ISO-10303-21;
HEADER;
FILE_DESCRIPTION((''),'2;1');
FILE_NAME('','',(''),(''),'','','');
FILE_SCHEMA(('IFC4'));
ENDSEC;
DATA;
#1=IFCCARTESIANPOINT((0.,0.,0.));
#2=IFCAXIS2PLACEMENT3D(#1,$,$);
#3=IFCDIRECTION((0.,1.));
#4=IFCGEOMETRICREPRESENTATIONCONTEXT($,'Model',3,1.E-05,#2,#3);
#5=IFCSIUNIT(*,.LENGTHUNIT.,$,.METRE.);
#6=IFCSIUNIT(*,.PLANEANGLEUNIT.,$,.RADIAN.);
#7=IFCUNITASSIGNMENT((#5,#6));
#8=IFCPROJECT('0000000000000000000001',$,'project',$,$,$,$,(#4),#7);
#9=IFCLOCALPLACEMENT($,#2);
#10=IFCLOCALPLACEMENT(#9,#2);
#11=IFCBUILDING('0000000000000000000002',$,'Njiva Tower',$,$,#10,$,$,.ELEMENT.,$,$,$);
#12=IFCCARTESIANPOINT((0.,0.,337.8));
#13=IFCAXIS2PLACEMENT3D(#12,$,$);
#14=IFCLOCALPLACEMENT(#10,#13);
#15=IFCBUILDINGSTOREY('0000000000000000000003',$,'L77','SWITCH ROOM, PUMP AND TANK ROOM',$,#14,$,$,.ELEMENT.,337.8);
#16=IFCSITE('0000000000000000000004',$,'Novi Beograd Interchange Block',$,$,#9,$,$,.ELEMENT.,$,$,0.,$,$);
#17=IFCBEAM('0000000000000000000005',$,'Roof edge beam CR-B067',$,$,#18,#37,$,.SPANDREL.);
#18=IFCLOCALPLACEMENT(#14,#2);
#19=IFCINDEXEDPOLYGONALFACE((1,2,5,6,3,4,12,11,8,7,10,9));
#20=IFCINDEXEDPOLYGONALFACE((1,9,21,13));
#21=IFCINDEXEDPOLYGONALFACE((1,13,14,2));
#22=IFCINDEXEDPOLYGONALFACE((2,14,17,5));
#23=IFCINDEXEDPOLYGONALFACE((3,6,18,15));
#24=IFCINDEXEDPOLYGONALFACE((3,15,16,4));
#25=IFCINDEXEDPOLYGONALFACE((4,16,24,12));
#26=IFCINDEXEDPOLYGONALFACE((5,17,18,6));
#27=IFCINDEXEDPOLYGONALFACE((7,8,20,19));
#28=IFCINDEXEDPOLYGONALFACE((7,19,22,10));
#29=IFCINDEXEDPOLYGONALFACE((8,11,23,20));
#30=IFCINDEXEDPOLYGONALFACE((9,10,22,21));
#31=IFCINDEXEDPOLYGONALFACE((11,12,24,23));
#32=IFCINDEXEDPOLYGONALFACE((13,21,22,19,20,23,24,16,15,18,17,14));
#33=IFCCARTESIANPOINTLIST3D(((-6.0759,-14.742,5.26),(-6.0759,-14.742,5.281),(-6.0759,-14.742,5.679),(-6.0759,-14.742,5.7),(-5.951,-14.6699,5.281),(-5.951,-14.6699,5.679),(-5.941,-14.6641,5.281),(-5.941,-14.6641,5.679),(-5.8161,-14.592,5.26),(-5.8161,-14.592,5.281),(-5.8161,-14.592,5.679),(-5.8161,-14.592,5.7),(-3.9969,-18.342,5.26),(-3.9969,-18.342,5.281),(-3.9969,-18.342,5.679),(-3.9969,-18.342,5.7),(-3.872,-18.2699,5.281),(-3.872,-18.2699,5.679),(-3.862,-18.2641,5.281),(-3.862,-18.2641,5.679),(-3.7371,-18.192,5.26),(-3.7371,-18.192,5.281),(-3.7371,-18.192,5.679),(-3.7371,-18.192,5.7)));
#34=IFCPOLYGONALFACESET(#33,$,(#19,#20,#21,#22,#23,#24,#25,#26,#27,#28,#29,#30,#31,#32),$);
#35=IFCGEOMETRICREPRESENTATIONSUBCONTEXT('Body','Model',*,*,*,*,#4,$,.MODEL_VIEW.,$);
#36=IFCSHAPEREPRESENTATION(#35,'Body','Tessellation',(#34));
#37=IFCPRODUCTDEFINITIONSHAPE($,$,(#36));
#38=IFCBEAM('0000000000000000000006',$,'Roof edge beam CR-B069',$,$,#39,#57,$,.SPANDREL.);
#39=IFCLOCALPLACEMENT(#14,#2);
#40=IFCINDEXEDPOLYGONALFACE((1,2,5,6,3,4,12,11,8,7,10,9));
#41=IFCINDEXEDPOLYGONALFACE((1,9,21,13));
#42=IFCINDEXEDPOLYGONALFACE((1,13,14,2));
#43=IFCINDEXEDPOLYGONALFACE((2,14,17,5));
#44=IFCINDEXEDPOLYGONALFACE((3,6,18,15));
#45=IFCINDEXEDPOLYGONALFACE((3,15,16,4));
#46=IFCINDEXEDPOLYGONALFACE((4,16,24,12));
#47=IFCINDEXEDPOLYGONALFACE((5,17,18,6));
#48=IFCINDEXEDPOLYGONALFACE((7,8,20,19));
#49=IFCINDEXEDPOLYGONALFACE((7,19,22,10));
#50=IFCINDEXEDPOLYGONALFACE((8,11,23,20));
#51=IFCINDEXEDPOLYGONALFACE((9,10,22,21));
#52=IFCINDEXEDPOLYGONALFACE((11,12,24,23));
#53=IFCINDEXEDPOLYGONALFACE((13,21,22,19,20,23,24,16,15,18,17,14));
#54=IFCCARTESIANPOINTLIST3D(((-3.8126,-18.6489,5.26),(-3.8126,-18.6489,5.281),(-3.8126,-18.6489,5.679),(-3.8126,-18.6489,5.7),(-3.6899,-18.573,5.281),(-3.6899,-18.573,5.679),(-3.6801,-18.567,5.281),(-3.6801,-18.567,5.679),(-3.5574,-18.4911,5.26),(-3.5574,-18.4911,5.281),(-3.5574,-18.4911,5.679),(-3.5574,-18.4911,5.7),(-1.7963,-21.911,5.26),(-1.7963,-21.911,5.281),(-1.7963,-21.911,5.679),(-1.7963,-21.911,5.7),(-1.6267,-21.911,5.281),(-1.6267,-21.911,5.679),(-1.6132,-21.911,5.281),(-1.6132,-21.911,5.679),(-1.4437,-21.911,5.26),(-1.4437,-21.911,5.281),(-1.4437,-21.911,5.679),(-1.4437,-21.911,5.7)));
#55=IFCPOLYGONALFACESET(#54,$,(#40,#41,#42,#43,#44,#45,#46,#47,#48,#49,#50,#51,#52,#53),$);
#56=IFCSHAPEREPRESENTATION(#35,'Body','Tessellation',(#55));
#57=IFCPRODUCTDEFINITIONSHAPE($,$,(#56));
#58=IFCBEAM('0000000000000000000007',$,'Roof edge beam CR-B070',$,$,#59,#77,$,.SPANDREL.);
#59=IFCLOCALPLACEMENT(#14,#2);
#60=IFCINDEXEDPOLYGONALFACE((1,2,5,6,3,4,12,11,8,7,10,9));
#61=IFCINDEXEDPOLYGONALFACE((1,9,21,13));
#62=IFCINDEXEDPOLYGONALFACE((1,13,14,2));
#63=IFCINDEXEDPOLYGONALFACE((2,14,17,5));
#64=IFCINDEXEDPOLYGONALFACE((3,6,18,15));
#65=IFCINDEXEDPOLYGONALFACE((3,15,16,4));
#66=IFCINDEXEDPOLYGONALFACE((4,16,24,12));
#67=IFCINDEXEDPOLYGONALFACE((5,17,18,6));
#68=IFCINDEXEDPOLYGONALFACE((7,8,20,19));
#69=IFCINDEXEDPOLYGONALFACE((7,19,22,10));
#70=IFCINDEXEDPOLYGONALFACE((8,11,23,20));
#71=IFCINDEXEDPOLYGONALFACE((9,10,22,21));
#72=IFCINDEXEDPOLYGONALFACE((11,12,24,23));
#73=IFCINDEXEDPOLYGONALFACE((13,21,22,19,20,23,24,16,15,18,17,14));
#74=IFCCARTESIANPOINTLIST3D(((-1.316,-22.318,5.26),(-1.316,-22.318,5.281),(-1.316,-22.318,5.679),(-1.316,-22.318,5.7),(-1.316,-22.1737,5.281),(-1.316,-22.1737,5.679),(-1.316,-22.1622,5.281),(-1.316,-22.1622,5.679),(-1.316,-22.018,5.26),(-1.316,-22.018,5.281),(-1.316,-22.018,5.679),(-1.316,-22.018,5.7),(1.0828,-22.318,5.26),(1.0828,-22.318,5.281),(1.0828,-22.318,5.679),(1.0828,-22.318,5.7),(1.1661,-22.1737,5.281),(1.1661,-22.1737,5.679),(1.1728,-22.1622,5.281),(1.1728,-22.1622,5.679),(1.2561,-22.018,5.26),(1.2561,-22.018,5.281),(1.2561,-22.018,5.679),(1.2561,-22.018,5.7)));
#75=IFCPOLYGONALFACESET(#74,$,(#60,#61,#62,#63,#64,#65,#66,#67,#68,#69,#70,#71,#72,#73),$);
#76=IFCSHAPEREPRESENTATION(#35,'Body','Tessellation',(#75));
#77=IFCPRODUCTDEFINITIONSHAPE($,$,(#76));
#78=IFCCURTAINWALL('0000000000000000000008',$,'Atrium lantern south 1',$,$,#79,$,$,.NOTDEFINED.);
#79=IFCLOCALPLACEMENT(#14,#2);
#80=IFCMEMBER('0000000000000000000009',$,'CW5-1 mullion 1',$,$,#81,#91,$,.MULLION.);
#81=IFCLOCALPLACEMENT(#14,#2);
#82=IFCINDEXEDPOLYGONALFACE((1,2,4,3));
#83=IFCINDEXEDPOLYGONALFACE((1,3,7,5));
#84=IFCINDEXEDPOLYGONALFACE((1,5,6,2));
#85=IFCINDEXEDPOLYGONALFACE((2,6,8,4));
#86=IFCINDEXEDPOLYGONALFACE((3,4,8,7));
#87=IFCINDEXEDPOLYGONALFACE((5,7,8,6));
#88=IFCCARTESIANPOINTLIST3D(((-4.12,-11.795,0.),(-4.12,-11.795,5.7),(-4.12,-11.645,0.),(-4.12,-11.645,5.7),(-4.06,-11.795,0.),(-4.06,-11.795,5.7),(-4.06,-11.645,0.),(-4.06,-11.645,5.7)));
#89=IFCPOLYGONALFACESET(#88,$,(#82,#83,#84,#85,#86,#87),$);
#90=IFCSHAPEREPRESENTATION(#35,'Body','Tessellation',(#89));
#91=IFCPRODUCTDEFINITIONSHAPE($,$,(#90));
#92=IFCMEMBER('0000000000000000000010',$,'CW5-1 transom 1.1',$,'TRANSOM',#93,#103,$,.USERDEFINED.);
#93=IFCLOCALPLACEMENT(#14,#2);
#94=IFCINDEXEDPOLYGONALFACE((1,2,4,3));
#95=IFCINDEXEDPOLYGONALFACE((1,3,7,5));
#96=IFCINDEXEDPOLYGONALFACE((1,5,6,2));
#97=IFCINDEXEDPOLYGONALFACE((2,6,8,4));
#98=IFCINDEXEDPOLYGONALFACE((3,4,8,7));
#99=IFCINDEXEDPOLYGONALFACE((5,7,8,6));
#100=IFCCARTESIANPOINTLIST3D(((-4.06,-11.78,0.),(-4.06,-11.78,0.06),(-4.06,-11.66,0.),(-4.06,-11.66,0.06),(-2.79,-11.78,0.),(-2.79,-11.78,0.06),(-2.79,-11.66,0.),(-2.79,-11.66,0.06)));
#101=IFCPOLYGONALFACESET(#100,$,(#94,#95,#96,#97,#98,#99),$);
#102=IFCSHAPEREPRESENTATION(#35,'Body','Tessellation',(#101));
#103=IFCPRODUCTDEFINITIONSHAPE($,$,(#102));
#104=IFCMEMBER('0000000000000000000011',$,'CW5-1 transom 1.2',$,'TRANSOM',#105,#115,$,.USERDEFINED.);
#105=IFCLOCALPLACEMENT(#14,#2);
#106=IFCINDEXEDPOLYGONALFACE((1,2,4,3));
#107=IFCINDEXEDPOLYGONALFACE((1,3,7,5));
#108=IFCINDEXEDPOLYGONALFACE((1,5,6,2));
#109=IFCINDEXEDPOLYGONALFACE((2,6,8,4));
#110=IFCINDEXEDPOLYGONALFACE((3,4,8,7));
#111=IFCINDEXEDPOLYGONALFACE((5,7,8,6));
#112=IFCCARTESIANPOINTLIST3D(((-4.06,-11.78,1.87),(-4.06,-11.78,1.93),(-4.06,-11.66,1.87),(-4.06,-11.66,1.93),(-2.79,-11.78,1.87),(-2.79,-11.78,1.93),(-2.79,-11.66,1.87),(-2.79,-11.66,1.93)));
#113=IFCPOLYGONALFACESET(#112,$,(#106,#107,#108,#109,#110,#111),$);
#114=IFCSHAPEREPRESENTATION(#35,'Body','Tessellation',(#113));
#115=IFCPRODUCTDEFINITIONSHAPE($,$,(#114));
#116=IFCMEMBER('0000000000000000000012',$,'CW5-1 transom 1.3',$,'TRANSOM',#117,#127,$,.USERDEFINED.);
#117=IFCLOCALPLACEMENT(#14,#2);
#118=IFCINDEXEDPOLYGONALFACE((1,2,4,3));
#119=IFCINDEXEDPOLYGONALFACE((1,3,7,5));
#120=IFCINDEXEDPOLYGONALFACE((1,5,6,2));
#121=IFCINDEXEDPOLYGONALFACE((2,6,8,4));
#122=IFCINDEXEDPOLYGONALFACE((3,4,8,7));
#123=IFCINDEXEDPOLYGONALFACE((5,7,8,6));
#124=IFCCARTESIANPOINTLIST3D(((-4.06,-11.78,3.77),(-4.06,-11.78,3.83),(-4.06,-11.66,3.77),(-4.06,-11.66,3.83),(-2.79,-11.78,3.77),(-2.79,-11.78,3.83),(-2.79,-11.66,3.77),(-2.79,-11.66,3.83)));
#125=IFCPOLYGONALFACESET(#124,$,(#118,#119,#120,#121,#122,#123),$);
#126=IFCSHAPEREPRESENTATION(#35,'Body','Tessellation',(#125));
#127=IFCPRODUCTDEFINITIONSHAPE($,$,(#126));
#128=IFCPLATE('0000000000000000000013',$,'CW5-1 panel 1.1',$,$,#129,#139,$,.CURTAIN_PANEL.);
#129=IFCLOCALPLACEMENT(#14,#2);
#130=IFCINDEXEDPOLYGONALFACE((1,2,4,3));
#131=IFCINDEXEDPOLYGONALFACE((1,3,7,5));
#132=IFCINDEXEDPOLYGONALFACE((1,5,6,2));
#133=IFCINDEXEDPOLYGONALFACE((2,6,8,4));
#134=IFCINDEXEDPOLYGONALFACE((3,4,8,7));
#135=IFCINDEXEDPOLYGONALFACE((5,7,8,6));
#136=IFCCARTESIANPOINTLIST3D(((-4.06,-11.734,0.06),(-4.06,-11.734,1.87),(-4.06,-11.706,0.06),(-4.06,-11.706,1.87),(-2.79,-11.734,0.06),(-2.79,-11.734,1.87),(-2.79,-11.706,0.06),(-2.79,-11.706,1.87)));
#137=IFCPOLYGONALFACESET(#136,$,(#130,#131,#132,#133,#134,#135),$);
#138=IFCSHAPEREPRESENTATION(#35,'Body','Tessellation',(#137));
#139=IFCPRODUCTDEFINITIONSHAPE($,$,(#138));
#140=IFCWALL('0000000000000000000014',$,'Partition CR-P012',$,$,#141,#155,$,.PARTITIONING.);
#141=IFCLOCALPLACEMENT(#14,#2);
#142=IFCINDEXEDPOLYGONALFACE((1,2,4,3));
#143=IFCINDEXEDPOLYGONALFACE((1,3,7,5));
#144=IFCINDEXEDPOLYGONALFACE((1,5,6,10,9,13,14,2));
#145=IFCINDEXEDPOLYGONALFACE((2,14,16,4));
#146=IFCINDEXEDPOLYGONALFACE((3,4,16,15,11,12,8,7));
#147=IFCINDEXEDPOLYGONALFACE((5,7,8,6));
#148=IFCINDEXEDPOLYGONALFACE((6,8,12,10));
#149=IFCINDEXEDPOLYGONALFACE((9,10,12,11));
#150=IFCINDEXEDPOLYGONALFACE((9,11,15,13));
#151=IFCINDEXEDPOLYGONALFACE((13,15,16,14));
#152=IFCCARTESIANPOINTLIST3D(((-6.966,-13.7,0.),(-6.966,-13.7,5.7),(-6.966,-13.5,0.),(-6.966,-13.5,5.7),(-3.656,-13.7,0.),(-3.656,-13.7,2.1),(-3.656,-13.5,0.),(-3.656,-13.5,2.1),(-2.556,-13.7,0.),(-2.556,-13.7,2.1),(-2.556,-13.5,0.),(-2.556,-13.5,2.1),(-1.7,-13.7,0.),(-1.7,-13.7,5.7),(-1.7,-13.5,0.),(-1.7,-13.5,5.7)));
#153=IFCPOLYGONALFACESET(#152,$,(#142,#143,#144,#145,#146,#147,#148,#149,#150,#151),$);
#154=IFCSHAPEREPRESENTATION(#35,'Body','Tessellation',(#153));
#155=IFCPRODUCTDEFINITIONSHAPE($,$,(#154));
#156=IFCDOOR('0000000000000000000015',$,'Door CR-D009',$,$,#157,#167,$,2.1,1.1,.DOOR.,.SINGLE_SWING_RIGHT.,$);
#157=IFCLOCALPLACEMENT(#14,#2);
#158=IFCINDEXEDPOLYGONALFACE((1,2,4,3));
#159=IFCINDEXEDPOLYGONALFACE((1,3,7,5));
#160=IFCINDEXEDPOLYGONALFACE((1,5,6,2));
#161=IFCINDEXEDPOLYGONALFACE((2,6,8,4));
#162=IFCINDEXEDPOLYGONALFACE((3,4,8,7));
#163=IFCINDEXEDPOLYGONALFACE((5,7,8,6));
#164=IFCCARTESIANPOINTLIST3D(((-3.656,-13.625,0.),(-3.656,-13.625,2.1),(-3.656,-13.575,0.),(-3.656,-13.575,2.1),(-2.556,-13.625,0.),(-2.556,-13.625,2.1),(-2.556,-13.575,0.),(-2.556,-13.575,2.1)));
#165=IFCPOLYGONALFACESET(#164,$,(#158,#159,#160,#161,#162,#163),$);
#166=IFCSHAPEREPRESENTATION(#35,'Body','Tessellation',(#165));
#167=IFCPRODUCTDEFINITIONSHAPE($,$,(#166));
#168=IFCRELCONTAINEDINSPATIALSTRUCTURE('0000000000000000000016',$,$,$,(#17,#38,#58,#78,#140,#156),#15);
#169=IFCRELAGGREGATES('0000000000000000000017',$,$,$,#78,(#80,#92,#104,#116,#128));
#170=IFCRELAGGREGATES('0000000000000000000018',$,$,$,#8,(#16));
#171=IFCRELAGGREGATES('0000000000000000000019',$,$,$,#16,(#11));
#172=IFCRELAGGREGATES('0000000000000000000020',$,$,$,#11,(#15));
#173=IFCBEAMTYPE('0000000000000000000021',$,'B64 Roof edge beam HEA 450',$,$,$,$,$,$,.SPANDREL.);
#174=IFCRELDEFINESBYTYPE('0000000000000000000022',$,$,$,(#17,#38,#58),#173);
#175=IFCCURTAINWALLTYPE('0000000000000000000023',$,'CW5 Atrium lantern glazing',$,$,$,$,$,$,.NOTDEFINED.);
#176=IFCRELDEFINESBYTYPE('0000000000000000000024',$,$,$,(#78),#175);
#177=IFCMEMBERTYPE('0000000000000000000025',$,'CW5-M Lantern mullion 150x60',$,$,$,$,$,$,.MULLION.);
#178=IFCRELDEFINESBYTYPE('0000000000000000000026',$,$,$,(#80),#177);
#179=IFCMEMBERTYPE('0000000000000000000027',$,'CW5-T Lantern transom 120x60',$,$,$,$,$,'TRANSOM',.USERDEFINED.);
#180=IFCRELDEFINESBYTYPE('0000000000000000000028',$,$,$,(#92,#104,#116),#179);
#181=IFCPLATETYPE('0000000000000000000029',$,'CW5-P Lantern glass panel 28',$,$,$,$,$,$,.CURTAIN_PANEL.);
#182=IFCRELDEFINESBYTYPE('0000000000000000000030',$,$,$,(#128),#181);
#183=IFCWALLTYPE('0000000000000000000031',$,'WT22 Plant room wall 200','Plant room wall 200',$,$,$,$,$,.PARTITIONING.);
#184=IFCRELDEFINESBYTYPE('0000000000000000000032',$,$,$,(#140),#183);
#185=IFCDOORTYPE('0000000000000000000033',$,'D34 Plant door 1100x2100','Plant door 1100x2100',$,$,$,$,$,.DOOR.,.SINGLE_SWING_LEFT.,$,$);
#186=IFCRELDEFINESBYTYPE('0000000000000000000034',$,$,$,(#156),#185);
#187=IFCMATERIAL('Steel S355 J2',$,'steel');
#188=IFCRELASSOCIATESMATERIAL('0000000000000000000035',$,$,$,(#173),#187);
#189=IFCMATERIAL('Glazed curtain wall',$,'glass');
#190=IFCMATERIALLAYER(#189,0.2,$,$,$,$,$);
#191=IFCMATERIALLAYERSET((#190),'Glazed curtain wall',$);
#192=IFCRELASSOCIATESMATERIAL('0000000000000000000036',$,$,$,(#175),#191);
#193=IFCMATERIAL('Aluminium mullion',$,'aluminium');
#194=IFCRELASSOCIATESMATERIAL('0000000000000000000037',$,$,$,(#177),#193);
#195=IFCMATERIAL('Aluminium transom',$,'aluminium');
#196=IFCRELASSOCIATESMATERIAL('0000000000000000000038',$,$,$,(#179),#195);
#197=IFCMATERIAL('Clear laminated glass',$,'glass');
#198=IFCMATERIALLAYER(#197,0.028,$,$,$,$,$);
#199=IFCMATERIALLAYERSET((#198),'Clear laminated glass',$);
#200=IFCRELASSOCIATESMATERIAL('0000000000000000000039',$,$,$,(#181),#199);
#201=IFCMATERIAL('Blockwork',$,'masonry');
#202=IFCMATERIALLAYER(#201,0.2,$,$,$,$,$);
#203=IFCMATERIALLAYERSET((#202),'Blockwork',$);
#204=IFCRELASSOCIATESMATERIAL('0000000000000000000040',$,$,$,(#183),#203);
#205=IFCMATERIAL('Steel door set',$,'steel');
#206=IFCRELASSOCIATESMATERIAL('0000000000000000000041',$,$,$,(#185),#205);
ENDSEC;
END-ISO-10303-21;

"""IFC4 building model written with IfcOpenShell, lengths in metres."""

from ifc_helpers import new_model, si_unit, direction, frame, frame_2d, origin, origin_2d, place, context, subcontext, project, spatial, rectangle, i_section, extrude, clip, halfspace, material, layer, layer_set, material_profile, profile_set, type_object, element, fill, aggregate, save


model = new_model("IFC4")

# Units and contexts
model_context = context("Model", 3, precision=1e-05, world=origin(), true_north=direction((0.0, 1.0)))
body_context = subcontext(model_context, "Body", "Model", "MODEL_VIEW")
ifc_project = project(units=[si_unit("LENGTHUNIT", "METRE"), si_unit("PLANEANGLEUNIT", "RADIAN")], contexts=[model_context])

# Site, building, storey
site_placement = place(None, origin())
site = spatial("IfcSite", under=ifc_project, at=site_placement, Name="Novi Beograd Interchange Block", CompositionType="ELEMENT", RefElevation=0.0)
building_placement = place(site_placement, origin())
building = spatial("IfcBuilding", under=site, at=building_placement, Name="Njiva Tower", CompositionType="ELEMENT")
storey_placement = place(building_placement, frame((0.0, 0.0, 337.8)))
storey = spatial("IfcBuildingStorey", under=building, at=storey_placement, Name="L77", Description="SWITCH ROOM, PUMP AND TANK ROOM", CompositionType="ELEMENT", Elevation=337.8)

# Shared definitions
ifc_material_1 = material(Name="Steel S355 J2", Category="steel")

# Beams
ifc_material_profile_1 = material_profile(ifc_material_1, i_section(OverallWidth=0.3, OverallDepth=0.44, WebThickness=0.0115, FlangeThickness=0.021, at=origin_2d()), Name="HEA 450")
ifc_profile_set_1 = profile_set([ifc_material_profile_1], Name="Steel S355 J2")
beam_type_1 = type_object("IfcBeamType", Name="B64 Roof edge beam HEA 450", PredefinedType="SPANDREL", material=ifc_profile_set_1)
beam_1_placement = place(storey_placement, frame((-5.946, -14.667, 5.48), z_axis=(0.500097, -0.865969, 0.0), x_axis=(0.865969, 0.500097, 0.0)))
element("IfcBeam", 1, at=beam_1_placement, inside=storey, type_object=beam_type_1, Name="Roof edge beam CR-B067", PredefinedType="SPANDREL", context=body_context, shape_type="SweptSolid", body=[
    extrude(i_section(OverallWidth=0.3, OverallDepth=0.44, WebThickness=0.0115, FlangeThickness=0.021, at=origin_2d()), origin(), (0.0, 0.0, 1.0), 4.1572),
])
beam_2_placement = place(storey_placement, frame((-3.685, -18.57, 5.48), z_axis=(0.525758, -0.850634, 0.0), x_axis=(0.850634, 0.525758, 0.0)))
element("IfcBeam", 2, at=beam_2_placement, inside=storey, type_object=beam_type_1, Name="Roof edge beam CR-B069", PredefinedType="SPANDREL", context=body_context, shape_type="Clipping", body=[
    clip(extrude(i_section(OverallWidth=0.3, OverallDepth=0.44, WebThickness=0.0115, FlangeThickness=0.021, at=origin_2d()), origin(), (0.0, 0.0, 1.0), 4.0407), halfspace(frame((-0.0265, 0.0, 3.9113), z_axis=(-0.525758, 0.0, 0.850634), x_axis=(0.0, 1.0, 0.0)), False)),
])
beam_3_placement = place(storey_placement, frame((-1.316, -22.168, 5.48), z_axis=(1.0, 0.0, 0.0), x_axis=(0.0, 1.0, 0.0)))
element("IfcBeam", 3, at=beam_3_placement, inside=storey, type_object=beam_type_1, Name="Roof edge beam CR-B070", PredefinedType="SPANDREL", context=body_context, shape_type="Clipping", body=[
    clip(extrude(i_section(OverallWidth=0.3, OverallDepth=0.44, WebThickness=0.0115, FlangeThickness=0.021, at=origin_2d()), origin(), (0.0, 0.0, 1.0), 2.592), halfspace(frame((-0.0252, 0.0, 2.4709), z_axis=(-0.499998, 0.0, 0.866027), x_axis=(0.0, 1.0, 0.0)), False)),
])

# Curtain wall, members, plate
ifc_material_2 = material(Name="Glazed curtain wall", Category="glass")
ifc_layer_1 = layer(ifc_material_2, 0.2)
ifc_layer_set_1 = layer_set([ifc_layer_1], Name="Glazed curtain wall")
curtain_wall_type = type_object("IfcCurtainWallType", Name="CW5 Atrium lantern glazing", PredefinedType="NOTDEFINED", material=ifc_layer_set_1)
curtain_wall_placement = place(storey_placement, origin())
curtain_wall = element("IfcCurtainWall", 4, at=curtain_wall_placement, inside=storey, type_object=curtain_wall_type, Name="Atrium lantern south 1", PredefinedType="NOTDEFINED")
ifc_material_3 = material(Name="Aluminium mullion", Category="aluminium")
ifc_material_profile_2 = material_profile(ifc_material_3, rectangle(XDim=0.15, YDim=0.06, at=origin_2d()), Name="RECT 150x60")
ifc_profile_set_2 = profile_set([ifc_material_profile_2], Name="Aluminium mullion")
member_type_1 = type_object("IfcMemberType", Name="CW5-M Lantern mullion 150x60", PredefinedType="MULLION", material=ifc_profile_set_2)
member_1_placement = place(storey_placement, frame((-4.09, -11.72, 0.0), z_axis=(0.0, 0.0, 1.0), x_axis=(0.0, 1.0, 0.0)))
member_1 = element("IfcMember", 5, at=member_1_placement, type_object=member_type_1, Name="CW5-1 mullion 1", PredefinedType="MULLION", context=body_context, shape_type="SweptSolid", body=[
    extrude(rectangle(XDim=0.15, YDim=0.06, at=origin_2d()), origin(), (0.0, 0.0, 1.0), 5.7),
])
ifc_material_4 = material(Name="Aluminium transom", Category="aluminium")
ifc_material_profile_3 = material_profile(ifc_material_4, rectangle(XDim=0.12, YDim=0.06, at=origin_2d()), Name="RECT 120x60")
ifc_profile_set_3 = profile_set([ifc_material_profile_3], Name="Aluminium transom")
member_type_2 = type_object("IfcMemberType", Name="CW5-T Lantern transom 120x60", ElementType="TRANSOM", PredefinedType="USERDEFINED", material=ifc_profile_set_3)
member_2_placement = place(storey_placement, frame((-4.06, -11.72, 0.03), z_axis=(1.0, 0.0, 0.0), x_axis=(0.0, 1.0, 0.0)))
member_2 = element("IfcMember", 6, at=member_2_placement, type_object=member_type_2, Name="CW5-1 transom 1.1", ObjectType="TRANSOM", PredefinedType="USERDEFINED", context=body_context, shape_type="SweptSolid", body=[
    extrude(rectangle(XDim=0.12, YDim=0.06, at=origin_2d()), origin(), (0.0, 0.0, 1.0), 1.27),
])
member_3_placement = place(storey_placement, frame((-4.06, -11.72, 1.9), z_axis=(1.0, 0.0, 0.0), x_axis=(0.0, 1.0, 0.0)))
member_3 = element("IfcMember", 7, at=member_3_placement, type_object=member_type_2, Name="CW5-1 transom 1.2", ObjectType="TRANSOM", PredefinedType="USERDEFINED", context=body_context, shape_type="SweptSolid", body=[
    extrude(rectangle(XDim=0.12, YDim=0.06, at=origin_2d()), origin(), (0.0, 0.0, 1.0), 1.27),
])
member_4_placement = place(storey_placement, frame((-4.06, -11.72, 3.8), z_axis=(1.0, 0.0, 0.0), x_axis=(0.0, 1.0, 0.0)))
member_4 = element("IfcMember", 8, at=member_4_placement, type_object=member_type_2, Name="CW5-1 transom 1.3", ObjectType="TRANSOM", PredefinedType="USERDEFINED", context=body_context, shape_type="SweptSolid", body=[
    extrude(rectangle(XDim=0.12, YDim=0.06, at=origin_2d()), origin(), (0.0, 0.0, 1.0), 1.27),
])
ifc_material_5 = material(Name="Clear laminated glass", Category="glass")
ifc_layer_2 = layer(ifc_material_5, 0.028)
ifc_layer_set_2 = layer_set([ifc_layer_2], Name="Clear laminated glass")
plate_type = type_object("IfcPlateType", Name="CW5-P Lantern glass panel 28", PredefinedType="CURTAIN_PANEL", material=ifc_layer_set_2)
plate_placement = place(storey_placement, frame((-3.425, -11.72, 0.06), z_axis=(0.0, 0.0, 1.0), x_axis=(1.0, 0.0, 0.0)))
plate = element("IfcPlate", 9, at=plate_placement, type_object=plate_type, Name="CW5-1 panel 1.1", PredefinedType="CURTAIN_PANEL", context=body_context, shape_type="SweptSolid", body=[
    extrude(rectangle(XDim=1.27, YDim=0.028, at=origin_2d()), origin(), (0.0, 0.0, 1.0), 1.81),
])
aggregate(curtain_wall, [member_1, member_2, member_3, member_4, plate])

# Wall, opening, door
ifc_material_6 = material(Name="Blockwork", Category="masonry")
ifc_layer_3 = layer(ifc_material_6, 0.2)
ifc_layer_set_3 = layer_set([ifc_layer_3], Name="Blockwork")
wall_type_1 = type_object("IfcWallType", Name="WT22 Plant room wall 200", Description="Plant room wall 200", PredefinedType="PARTITIONING", material=ifc_layer_set_3)
wall_1_placement = place(storey_placement, frame((-6.966, -13.6, 0.0), z_axis=(0.0, 0.0, 1.0), x_axis=(1.0, 0.0, 0.0)))
wall_1 = element("IfcWall", 10, at=wall_1_placement, inside=storey, type_object=wall_type_1, Name="Partition CR-P012", PredefinedType="PARTITIONING", context=body_context, shape_type="SweptSolid", body=[
    extrude(rectangle(XDim=5.266, YDim=0.2, at=frame_2d((2.633, 0.0))), origin(), (0.0, 0.0, 1.0), 5.7),
])
opening_1_placement = place(wall_1_placement, frame((3.31, 0.0, 0.0)))
opening_1 = element("IfcOpeningElement", 11, at=opening_1_placement, cuts=wall_1, PredefinedType="OPENING", context=body_context, shape_type="SweptSolid", body=[
    extrude(rectangle(XDim=1.1, YDim=2.1, at=frame_2d((0.55, 1.05))), frame((0.0, 0.11, 0.0), z_axis=(0.0, -1.0, 0.0), x_axis=(1.0, 0.0, 0.0)), (0.0, 0.0, 1.0), 0.22),
])
ifc_material_7 = material(Name="Steel door set", Category="steel")
door_type_1 = type_object("IfcDoorType", Name="D34 Plant door 1100x2100", Description="Plant door 1100x2100", OperationType="SINGLE_SWING_LEFT", PredefinedType="DOOR", material=ifc_material_7)
door_1_placement = place(opening_1_placement, origin())
door_1 = element("IfcDoor", 12, at=door_1_placement, inside=storey, type_object=door_type_1, Name="Door CR-D009", OperationType="SINGLE_SWING_RIGHT", OverallHeight=2.1, OverallWidth=1.1, PredefinedType="DOOR", context=body_context, shape_type="SweptSolid", body=[
    extrude(rectangle(XDim=1.1, YDim=2.1, at=frame_2d((0.55, 1.05))), frame((0.0, 0.025, 0.0), z_axis=(0.0, -1.0, 0.0), x_axis=(1.0, 0.0, 0.0)), (0.0, 0.0, 1.0), 0.05),
])
fill(opening_1, door_1)

save(model, "model.ifc")
